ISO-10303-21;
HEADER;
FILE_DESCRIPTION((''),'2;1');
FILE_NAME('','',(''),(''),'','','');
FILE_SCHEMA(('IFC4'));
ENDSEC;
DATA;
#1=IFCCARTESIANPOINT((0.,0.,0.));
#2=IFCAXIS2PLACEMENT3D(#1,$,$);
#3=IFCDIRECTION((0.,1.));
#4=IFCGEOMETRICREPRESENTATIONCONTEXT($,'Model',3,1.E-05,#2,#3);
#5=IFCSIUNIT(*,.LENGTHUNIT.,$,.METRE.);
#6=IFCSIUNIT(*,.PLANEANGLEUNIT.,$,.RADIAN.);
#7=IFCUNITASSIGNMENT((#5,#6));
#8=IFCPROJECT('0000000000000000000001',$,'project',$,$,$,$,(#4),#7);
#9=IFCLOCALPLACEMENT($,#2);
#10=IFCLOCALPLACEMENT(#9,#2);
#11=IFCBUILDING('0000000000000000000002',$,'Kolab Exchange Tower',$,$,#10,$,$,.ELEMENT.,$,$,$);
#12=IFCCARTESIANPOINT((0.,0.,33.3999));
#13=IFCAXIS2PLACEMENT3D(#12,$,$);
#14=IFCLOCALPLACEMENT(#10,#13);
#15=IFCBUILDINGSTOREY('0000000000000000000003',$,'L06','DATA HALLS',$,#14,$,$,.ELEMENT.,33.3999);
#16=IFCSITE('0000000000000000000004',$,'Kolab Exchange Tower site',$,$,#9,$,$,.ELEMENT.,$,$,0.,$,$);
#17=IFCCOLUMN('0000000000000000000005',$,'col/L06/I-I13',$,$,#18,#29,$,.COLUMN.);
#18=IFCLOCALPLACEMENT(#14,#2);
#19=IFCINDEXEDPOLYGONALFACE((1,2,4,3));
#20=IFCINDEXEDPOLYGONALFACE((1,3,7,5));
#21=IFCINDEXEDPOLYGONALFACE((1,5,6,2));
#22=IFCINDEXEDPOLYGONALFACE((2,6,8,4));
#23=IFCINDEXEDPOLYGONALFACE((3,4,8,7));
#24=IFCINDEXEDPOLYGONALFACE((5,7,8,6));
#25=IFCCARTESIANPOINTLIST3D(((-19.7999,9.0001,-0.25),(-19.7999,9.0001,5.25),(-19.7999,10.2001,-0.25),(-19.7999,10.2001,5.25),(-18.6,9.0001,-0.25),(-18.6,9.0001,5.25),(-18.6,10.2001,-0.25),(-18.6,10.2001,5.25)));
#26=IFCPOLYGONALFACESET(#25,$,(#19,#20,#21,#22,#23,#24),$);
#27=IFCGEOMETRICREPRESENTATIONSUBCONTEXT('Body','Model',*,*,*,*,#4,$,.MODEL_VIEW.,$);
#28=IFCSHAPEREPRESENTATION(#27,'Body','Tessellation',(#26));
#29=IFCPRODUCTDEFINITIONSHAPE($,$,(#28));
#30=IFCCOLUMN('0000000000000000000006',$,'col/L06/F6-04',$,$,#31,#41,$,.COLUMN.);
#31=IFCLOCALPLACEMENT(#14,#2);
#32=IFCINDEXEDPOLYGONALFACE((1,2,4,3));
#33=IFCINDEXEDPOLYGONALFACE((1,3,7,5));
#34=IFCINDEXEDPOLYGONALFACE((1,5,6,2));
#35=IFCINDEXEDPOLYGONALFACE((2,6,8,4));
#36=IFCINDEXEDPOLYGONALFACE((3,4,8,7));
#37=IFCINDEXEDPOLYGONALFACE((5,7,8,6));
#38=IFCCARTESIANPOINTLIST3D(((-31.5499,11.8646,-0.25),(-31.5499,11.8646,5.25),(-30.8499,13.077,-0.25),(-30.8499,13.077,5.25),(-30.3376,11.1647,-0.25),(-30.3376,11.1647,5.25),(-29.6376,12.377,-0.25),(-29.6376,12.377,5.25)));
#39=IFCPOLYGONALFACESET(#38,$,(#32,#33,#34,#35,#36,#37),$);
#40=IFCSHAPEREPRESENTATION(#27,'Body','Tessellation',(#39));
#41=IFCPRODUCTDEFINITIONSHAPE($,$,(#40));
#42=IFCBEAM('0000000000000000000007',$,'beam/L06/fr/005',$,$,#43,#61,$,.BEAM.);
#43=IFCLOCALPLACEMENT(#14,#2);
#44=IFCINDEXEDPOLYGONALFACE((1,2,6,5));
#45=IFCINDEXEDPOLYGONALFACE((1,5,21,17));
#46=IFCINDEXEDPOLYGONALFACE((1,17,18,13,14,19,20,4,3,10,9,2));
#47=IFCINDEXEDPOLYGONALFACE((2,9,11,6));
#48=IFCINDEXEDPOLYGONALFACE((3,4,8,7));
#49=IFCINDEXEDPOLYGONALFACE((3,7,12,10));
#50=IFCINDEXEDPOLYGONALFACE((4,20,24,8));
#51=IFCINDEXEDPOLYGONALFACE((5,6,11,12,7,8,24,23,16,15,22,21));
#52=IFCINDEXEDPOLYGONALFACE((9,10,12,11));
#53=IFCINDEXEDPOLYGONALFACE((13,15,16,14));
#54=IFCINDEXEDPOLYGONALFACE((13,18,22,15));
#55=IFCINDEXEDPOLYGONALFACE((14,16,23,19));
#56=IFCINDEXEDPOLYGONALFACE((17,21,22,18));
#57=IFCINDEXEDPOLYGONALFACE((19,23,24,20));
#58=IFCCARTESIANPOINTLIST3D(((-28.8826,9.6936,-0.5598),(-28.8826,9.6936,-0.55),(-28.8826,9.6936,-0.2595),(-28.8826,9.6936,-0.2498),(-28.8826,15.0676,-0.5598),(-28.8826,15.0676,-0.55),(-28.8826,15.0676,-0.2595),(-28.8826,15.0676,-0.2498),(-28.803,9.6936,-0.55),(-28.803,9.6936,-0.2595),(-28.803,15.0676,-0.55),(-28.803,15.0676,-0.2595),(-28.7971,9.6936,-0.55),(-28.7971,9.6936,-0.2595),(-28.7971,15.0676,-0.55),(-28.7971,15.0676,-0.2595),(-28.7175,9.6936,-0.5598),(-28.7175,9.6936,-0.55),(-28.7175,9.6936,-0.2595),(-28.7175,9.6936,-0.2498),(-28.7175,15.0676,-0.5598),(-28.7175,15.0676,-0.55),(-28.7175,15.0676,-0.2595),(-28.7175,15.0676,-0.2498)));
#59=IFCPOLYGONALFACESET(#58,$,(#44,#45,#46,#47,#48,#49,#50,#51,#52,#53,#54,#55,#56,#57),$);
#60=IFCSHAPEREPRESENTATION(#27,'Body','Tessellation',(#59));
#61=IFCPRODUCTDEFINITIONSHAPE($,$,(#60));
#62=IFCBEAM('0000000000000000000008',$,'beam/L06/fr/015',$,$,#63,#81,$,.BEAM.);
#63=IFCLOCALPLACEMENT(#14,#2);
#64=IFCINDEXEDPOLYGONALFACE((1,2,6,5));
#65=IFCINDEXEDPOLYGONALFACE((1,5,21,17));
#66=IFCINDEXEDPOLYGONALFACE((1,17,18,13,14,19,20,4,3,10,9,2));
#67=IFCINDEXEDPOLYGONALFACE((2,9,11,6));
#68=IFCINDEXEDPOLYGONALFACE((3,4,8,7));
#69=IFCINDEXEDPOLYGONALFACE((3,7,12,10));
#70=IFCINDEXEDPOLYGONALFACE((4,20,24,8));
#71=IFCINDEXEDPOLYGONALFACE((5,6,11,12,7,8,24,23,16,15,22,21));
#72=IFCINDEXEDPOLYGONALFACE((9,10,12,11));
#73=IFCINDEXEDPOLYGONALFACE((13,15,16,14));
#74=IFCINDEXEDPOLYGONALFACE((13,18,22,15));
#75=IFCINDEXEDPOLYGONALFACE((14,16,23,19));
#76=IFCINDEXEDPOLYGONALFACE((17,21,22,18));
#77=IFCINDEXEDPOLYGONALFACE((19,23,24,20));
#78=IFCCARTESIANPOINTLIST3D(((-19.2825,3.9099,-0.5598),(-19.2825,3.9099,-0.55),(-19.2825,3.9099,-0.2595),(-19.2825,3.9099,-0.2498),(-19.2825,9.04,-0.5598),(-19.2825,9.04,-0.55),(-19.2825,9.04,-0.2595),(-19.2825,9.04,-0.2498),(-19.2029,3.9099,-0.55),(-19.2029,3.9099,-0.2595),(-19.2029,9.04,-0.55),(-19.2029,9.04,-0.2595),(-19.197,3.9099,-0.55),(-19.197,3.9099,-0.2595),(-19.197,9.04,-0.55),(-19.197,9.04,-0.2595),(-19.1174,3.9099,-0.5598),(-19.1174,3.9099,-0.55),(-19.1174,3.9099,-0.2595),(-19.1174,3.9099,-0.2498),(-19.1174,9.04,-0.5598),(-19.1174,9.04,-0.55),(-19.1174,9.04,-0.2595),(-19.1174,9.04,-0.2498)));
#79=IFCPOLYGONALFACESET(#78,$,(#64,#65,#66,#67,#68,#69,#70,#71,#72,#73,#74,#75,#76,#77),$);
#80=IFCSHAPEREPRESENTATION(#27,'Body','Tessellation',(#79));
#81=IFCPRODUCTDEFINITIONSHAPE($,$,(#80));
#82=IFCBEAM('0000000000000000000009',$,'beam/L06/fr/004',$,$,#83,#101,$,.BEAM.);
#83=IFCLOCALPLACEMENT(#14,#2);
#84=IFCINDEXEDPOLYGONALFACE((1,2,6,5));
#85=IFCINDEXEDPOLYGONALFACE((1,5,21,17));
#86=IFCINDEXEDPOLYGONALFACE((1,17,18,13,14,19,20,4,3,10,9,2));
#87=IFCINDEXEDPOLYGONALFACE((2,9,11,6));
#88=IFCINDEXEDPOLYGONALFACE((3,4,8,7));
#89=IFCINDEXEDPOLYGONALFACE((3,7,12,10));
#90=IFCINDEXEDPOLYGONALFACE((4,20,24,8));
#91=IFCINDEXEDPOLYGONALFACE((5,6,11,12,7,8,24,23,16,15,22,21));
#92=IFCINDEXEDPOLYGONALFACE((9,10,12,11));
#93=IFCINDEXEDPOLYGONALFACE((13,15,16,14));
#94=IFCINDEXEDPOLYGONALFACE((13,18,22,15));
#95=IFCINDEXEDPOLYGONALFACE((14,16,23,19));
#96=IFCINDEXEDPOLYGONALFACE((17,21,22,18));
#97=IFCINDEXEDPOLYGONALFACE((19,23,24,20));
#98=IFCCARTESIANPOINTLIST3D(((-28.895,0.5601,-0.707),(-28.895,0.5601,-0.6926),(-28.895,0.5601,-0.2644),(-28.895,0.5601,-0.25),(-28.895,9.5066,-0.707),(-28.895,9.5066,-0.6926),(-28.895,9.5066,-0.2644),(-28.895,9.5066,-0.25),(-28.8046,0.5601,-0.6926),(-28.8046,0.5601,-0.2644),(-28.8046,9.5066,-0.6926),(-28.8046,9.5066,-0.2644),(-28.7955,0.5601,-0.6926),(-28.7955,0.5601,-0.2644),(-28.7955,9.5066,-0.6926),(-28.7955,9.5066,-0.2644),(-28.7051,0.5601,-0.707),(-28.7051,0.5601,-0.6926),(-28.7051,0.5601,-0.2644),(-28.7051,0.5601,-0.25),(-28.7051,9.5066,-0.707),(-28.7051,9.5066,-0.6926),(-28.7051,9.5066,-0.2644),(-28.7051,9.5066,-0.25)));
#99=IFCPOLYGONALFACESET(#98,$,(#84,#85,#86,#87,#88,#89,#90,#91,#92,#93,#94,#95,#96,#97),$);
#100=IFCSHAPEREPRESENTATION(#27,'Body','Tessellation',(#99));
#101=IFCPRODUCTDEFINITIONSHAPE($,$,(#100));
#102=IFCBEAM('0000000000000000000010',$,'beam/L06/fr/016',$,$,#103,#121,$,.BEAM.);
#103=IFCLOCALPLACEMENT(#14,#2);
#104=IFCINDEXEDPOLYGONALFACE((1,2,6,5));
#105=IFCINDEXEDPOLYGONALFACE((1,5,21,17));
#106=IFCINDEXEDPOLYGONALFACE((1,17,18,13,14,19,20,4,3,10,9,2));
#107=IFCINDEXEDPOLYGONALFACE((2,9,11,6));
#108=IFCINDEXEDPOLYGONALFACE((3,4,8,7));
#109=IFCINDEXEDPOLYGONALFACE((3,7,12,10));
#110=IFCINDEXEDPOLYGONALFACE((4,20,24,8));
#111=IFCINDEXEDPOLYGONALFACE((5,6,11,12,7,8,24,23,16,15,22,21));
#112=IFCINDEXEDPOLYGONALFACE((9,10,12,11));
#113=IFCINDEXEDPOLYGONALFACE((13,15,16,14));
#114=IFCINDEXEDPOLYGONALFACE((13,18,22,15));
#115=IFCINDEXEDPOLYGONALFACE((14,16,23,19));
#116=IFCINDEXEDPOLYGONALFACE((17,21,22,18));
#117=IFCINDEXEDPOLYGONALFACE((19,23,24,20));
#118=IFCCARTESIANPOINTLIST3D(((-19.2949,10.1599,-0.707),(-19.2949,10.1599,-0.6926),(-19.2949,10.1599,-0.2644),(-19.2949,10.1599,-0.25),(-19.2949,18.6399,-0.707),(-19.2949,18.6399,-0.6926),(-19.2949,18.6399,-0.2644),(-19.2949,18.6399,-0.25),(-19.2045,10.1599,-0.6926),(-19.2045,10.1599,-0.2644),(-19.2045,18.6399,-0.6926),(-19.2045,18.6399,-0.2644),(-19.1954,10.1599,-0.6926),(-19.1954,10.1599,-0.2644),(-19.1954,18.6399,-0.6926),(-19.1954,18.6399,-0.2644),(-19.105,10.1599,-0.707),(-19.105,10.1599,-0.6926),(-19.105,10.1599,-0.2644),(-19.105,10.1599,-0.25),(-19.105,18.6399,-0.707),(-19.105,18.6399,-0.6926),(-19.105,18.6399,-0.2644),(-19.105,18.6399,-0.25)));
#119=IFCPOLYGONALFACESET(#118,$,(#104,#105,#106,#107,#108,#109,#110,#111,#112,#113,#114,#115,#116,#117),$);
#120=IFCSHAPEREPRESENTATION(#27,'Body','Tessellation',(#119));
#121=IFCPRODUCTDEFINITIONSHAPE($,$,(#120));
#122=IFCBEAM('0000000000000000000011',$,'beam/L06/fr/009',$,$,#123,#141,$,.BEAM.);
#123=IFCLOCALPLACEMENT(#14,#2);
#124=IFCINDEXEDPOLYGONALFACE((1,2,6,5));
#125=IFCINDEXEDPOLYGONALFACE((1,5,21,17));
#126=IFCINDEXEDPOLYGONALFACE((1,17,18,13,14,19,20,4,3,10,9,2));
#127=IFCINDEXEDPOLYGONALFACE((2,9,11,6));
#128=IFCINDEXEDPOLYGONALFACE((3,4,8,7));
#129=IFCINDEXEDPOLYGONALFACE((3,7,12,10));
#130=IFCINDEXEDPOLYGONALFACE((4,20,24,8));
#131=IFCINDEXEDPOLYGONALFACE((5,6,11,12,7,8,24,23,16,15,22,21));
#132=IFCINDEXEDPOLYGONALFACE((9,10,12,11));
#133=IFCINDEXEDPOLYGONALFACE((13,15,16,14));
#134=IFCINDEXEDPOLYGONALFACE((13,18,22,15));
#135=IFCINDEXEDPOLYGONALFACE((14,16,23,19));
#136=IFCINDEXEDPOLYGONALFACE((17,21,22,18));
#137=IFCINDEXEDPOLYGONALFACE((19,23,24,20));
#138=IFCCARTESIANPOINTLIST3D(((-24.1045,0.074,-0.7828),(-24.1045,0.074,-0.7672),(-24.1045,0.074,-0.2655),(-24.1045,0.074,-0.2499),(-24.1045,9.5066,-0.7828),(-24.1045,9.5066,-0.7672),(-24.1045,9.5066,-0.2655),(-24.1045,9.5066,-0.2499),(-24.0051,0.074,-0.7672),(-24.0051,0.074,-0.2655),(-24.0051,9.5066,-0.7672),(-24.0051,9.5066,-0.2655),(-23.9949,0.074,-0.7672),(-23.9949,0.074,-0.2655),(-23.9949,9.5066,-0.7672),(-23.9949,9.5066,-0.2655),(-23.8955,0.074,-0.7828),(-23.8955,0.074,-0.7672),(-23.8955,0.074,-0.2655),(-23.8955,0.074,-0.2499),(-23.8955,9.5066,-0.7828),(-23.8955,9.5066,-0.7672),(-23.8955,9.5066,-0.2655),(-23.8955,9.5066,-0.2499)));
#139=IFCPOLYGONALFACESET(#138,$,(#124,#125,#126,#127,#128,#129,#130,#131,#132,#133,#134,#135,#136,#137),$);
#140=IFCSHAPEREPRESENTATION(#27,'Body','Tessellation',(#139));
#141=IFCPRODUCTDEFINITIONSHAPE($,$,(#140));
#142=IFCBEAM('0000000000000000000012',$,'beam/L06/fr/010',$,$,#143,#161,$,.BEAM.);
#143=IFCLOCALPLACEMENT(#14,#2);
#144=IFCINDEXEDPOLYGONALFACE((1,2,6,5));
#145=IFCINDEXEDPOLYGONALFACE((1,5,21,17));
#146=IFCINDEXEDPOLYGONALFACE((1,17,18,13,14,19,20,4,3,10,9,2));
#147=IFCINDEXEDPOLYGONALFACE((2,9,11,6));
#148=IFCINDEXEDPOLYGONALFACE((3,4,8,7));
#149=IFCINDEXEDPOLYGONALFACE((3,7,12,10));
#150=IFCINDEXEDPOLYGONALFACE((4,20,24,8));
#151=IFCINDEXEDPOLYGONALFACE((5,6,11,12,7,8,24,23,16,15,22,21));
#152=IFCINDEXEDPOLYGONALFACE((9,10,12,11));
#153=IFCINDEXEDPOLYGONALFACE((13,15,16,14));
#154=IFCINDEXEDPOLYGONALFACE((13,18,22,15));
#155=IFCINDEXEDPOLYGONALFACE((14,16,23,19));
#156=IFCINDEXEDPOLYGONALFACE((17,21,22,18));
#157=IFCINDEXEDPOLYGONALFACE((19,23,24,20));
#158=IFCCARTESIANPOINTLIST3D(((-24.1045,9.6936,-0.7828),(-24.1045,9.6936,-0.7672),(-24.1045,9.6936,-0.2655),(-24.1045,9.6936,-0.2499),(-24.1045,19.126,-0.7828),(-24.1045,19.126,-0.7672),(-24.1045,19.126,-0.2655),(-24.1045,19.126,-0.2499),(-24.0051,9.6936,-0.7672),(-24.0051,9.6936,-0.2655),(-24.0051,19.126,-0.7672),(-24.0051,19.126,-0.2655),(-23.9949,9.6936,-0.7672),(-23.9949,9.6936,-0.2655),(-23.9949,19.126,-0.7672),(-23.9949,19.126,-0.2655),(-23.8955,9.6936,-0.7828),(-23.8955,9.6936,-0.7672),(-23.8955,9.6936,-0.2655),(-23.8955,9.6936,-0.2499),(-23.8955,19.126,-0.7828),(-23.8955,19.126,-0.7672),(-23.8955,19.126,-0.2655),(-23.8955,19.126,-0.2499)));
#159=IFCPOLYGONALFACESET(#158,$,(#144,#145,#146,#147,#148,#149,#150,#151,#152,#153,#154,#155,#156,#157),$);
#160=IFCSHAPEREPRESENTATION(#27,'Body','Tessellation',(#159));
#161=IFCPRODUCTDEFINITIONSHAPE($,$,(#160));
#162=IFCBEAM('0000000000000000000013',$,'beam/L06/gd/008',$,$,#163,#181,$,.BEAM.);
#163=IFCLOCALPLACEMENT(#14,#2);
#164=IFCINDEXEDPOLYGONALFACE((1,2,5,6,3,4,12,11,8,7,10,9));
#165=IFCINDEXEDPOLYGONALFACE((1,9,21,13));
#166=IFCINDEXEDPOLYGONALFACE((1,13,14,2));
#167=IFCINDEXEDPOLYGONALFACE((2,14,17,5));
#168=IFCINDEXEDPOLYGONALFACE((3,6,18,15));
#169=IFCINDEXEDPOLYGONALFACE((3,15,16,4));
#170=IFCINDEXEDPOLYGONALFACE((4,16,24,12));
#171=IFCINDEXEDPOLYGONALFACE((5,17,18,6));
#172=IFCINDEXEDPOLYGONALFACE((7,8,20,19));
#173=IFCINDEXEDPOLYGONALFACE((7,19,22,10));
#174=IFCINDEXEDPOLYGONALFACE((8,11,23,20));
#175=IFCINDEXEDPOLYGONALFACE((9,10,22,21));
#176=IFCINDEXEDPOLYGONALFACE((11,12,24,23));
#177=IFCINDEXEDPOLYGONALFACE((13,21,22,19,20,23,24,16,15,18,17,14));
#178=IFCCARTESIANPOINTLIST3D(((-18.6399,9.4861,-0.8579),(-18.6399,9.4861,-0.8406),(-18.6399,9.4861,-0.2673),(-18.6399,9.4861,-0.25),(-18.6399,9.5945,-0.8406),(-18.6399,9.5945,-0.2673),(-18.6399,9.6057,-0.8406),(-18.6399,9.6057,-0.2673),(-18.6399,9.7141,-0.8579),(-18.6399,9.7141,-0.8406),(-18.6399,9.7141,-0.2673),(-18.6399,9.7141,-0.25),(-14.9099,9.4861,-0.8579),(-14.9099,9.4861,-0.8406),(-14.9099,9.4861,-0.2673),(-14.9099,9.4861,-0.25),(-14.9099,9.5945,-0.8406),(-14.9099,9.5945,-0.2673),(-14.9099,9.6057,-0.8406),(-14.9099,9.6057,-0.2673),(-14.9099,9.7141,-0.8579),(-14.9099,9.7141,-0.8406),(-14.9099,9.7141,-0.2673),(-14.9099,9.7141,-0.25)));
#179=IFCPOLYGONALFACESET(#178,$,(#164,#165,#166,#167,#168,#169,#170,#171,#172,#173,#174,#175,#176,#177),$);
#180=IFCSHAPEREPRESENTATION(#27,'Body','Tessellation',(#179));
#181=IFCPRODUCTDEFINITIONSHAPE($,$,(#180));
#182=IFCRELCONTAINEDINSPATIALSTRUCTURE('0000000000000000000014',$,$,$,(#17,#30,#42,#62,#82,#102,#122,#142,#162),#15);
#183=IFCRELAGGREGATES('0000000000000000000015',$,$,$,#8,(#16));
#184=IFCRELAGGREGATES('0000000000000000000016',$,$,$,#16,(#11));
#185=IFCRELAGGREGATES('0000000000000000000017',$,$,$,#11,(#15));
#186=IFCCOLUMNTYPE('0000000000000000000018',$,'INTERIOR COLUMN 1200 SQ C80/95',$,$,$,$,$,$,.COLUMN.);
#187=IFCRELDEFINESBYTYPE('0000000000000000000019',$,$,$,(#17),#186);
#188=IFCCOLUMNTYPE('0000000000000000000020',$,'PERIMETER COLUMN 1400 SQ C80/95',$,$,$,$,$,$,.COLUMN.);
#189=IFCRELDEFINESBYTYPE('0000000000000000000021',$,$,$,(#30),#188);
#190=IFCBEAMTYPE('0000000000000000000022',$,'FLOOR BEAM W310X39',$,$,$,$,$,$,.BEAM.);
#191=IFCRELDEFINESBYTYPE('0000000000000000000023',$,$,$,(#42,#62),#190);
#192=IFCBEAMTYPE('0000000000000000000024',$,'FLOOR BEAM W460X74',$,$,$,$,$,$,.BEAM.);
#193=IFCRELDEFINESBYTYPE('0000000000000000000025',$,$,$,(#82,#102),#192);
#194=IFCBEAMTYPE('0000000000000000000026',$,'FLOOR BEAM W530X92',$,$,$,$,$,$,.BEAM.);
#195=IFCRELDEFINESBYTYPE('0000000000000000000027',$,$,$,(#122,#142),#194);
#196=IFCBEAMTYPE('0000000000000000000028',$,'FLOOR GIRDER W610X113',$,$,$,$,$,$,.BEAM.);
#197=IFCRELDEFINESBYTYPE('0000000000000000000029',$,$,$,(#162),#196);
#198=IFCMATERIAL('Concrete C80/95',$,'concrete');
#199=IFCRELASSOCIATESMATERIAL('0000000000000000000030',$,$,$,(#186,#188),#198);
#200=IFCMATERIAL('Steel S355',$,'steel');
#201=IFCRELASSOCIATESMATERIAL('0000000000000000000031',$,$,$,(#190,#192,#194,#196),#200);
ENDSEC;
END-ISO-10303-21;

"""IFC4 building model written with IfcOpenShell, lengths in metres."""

from ifc_helpers import new_model, si_unit, direction, frame, origin, origin_2d, place, context, subcontext, project, spatial, rectangle, i_section, extrude, material, material_profile, profile_set, type_object, element, save


model = new_model("IFC4")

# Units and contexts
model_context = context("Model", 3, precision=1e-05, world=origin(), true_north=direction((0.0, 1.0)))
body_context = subcontext(model_context, "Body", "Model", "MODEL_VIEW")
ifc_project = project(units=[si_unit("LENGTHUNIT", "METRE"), si_unit("PLANEANGLEUNIT", "RADIAN")], contexts=[model_context])

# Site, building, storey
site_placement = place(None, origin())
site = spatial("IfcSite", under=ifc_project, at=site_placement, Name="Kolab Exchange Tower site", CompositionType="ELEMENT", RefElevation=0.0)
building_placement = place(site_placement, origin())
building = spatial("IfcBuilding", under=site, at=building_placement, Name="Kolab Exchange Tower", CompositionType="ELEMENT")
storey_placement = place(building_placement, frame((0.0, 0.0, 33.3999)))
storey = spatial("IfcBuildingStorey", under=building, at=storey_placement, Name="L06", Description="DATA HALLS", CompositionType="ELEMENT", Elevation=33.3999)

# Columns
ifc_material_1 = material(Name="Concrete C80/95", Category="concrete")
ifc_material_profile_1 = material_profile(ifc_material_1, rectangle(XDim=1.2, YDim=1.2, at=origin_2d()), Name="RC1200")
ifc_profile_set_1 = profile_set([ifc_material_profile_1], Name="Concrete C80/95")
column_type_1 = type_object("IfcColumnType", Name="INTERIOR COLUMN 1200 SQ C80/95", PredefinedType="COLUMN", material=ifc_profile_set_1)
column_1_placement = place(storey_placement, frame((-19.2, 9.6001, -0.25), z_axis=(0.0, 0.0, 1.0), x_axis=(1.0, 0.0, 0.0)))
element("IfcColumn", 1, at=column_1_placement, inside=storey, type_object=column_type_1, Name="col/L06/I-I13", PredefinedType="COLUMN", context=body_context, shape_type="SweptSolid", body=[
    extrude(rectangle(XDim=1.2, YDim=1.2, at=origin_2d()), origin(), (0.0, 0.0, 1.0), 5.5),
])
ifc_material_profile_2 = material_profile(ifc_material_1, rectangle(XDim=1.3999, YDim=1.3999, at=origin_2d()), Name="RC1400")
ifc_profile_set_2 = profile_set([ifc_material_profile_2], Name="Concrete C80/95")
column_type_2 = type_object("IfcColumnType", Name="PERIMETER COLUMN 1400 SQ C80/95", PredefinedType="COLUMN", material=ifc_profile_set_2)
column_2_placement = place(storey_placement, frame((-30.5938, 12.1208, -0.25), z_axis=(0.0, 0.0, 1.0), x_axis=(0.5, 0.866025, 0.0)))
element("IfcColumn", 2, at=column_2_placement, inside=storey, type_object=column_type_2, Name="col/L06/F6-04", PredefinedType="COLUMN", context=body_context, shape_type="SweptSolid", body=[
    extrude(rectangle(XDim=1.3999, YDim=1.3999, at=origin_2d()), origin(), (0.0, 0.0, 1.0), 5.5),
])

# Beams
ifc_material_2 = material(Name="Steel S355", Category="steel")
ifc_material_profile_3 = material_profile(ifc_material_2, i_section(OverallWidth=0.165, OverallDepth=0.3101, WebThickness=0.0059, FlangeThickness=0.0098, at=origin_2d()), Name="W310X39")
ifc_profile_set_3 = profile_set([ifc_material_profile_3], Name="Steel S355")
beam_type_1 = type_object("IfcBeamType", Name="FLOOR BEAM W310X39", PredefinedType="BEAM", material=ifc_profile_set_3)
beam_1_placement = place(storey_placement, frame((-28.8, 9.6936, -0.4048), z_axis=(0.0, 1.0, 0.0), x_axis=(-1.0, 0.0, 0.0)))
element("IfcBeam", 3, at=beam_1_placement, inside=storey, type_object=beam_type_1, Name="beam/L06/fr/005", PredefinedType="BEAM", context=body_context, shape_type="SweptSolid", body=[
    extrude(i_section(OverallWidth=0.165, OverallDepth=0.3101, WebThickness=0.0059, FlangeThickness=0.0098, at=origin_2d()), origin(), (0.0, 0.0, 1.0), 5.374),
])
beam_2_placement = place(storey_placement, frame((-19.2, 3.9099, -0.4048), z_axis=(0.0, 1.0, 0.0), x_axis=(-1.0, 0.0, 0.0)))
element("IfcBeam", 4, at=beam_2_placement, inside=storey, type_object=beam_type_1, Name="beam/L06/fr/015", PredefinedType="BEAM", context=body_context, shape_type="SweptSolid", body=[
    extrude(i_section(OverallWidth=0.165, OverallDepth=0.3101, WebThickness=0.0059, FlangeThickness=0.0098, at=origin_2d()), origin(), (0.0, 0.0, 1.0), 5.1301),
])
ifc_material_profile_4 = material_profile(ifc_material_2, i_section(OverallWidth=0.1899, OverallDepth=0.457, WebThickness=0.009, FlangeThickness=0.0144, at=origin_2d()), Name="W460X74")
ifc_profile_set_4 = profile_set([ifc_material_profile_4], Name="Steel S355")
beam_type_2 = type_object("IfcBeamType", Name="FLOOR BEAM W460X74", PredefinedType="BEAM", material=ifc_profile_set_4)
beam_3_placement = place(storey_placement, frame((-28.8, 0.5601, -0.4785), z_axis=(0.0, 1.0, 0.0), x_axis=(-1.0, 0.0, 0.0)))
element("IfcBeam", 5, at=beam_3_placement, inside=storey, type_object=beam_type_2, Name="beam/L06/fr/004", PredefinedType="BEAM", context=body_context, shape_type="SweptSolid", body=[
    extrude(i_section(OverallWidth=0.1899, OverallDepth=0.457, WebThickness=0.009, FlangeThickness=0.0144, at=origin_2d()), origin(), (0.0, 0.0, 1.0), 8.9465),
])
beam_4_placement = place(storey_placement, frame((-19.2, 10.1599, -0.4785), z_axis=(0.0, 1.0, 0.0), x_axis=(-1.0, 0.0, 0.0)))
element("IfcBeam", 6, at=beam_4_placement, inside=storey, type_object=beam_type_2, Name="beam/L06/fr/016", PredefinedType="BEAM", context=body_context, shape_type="SweptSolid", body=[
    extrude(i_section(OverallWidth=0.1899, OverallDepth=0.457, WebThickness=0.009, FlangeThickness=0.0144, at=origin_2d()), origin(), (0.0, 0.0, 1.0), 8.48),
])
ifc_material_profile_5 = material_profile(ifc_material_2, i_section(OverallWidth=0.209, OverallDepth=0.533, WebThickness=0.0103, FlangeThickness=0.0156, at=origin_2d()), Name="W530X92")
ifc_profile_set_5 = profile_set([ifc_material_profile_5], Name="Steel S355")
beam_type_3 = type_object("IfcBeamType", Name="FLOOR BEAM W530X92", PredefinedType="BEAM", material=ifc_profile_set_5)
beam_5_placement = place(storey_placement, frame((-24.0, 0.074, -0.5164), z_axis=(0.0, 1.0, 0.0), x_axis=(-1.0, 0.0, 0.0)))
element("IfcBeam", 7, at=beam_5_placement, inside=storey, type_object=beam_type_3, Name="beam/L06/fr/009", PredefinedType="BEAM", context=body_context, shape_type="SweptSolid", body=[
    extrude(i_section(OverallWidth=0.209, OverallDepth=0.533, WebThickness=0.0103, FlangeThickness=0.0156, at=origin_2d()), origin(), (0.0, 0.0, 1.0), 9.4326),
])
beam_6_placement = place(storey_placement, frame((-24.0, 9.6936, -0.5164), z_axis=(0.0, 1.0, 0.0), x_axis=(-1.0, 0.0, 0.0)))
element("IfcBeam", 8, at=beam_6_placement, inside=storey, type_object=beam_type_3, Name="beam/L06/fr/010", PredefinedType="BEAM", context=body_context, shape_type="SweptSolid", body=[
    extrude(i_section(OverallWidth=0.209, OverallDepth=0.533, WebThickness=0.0103, FlangeThickness=0.0156, at=origin_2d()), origin(), (0.0, 0.0, 1.0), 9.4324),
])
ifc_material_profile_6 = material_profile(ifc_material_2, i_section(OverallWidth=0.228, OverallDepth=0.6079, WebThickness=0.0112, FlangeThickness=0.0173, at=origin_2d()), Name="W610X113")
ifc_profile_set_6 = profile_set([ifc_material_profile_6], Name="Steel S355")
beam_type_4 = type_object("IfcBeamType", Name="FLOOR GIRDER W610X113", PredefinedType="BEAM", material=ifc_profile_set_6)
beam_7_placement = place(storey_placement, frame((-18.6399, 9.6001, -0.554), z_axis=(1.0, 0.0, 0.0), x_axis=(0.0, 1.0, 0.0)))
element("IfcBeam", 9, at=beam_7_placement, inside=storey, type_object=beam_type_4, Name="beam/L06/gd/008", PredefinedType="BEAM", context=body_context, shape_type="SweptSolid", body=[
    extrude(i_section(OverallWidth=0.228, OverallDepth=0.6079, WebThickness=0.0112, FlangeThickness=0.0173, at=origin_2d()), origin(), (0.0, 0.0, 1.0), 3.73),
])

save(model, "model.ifc")
